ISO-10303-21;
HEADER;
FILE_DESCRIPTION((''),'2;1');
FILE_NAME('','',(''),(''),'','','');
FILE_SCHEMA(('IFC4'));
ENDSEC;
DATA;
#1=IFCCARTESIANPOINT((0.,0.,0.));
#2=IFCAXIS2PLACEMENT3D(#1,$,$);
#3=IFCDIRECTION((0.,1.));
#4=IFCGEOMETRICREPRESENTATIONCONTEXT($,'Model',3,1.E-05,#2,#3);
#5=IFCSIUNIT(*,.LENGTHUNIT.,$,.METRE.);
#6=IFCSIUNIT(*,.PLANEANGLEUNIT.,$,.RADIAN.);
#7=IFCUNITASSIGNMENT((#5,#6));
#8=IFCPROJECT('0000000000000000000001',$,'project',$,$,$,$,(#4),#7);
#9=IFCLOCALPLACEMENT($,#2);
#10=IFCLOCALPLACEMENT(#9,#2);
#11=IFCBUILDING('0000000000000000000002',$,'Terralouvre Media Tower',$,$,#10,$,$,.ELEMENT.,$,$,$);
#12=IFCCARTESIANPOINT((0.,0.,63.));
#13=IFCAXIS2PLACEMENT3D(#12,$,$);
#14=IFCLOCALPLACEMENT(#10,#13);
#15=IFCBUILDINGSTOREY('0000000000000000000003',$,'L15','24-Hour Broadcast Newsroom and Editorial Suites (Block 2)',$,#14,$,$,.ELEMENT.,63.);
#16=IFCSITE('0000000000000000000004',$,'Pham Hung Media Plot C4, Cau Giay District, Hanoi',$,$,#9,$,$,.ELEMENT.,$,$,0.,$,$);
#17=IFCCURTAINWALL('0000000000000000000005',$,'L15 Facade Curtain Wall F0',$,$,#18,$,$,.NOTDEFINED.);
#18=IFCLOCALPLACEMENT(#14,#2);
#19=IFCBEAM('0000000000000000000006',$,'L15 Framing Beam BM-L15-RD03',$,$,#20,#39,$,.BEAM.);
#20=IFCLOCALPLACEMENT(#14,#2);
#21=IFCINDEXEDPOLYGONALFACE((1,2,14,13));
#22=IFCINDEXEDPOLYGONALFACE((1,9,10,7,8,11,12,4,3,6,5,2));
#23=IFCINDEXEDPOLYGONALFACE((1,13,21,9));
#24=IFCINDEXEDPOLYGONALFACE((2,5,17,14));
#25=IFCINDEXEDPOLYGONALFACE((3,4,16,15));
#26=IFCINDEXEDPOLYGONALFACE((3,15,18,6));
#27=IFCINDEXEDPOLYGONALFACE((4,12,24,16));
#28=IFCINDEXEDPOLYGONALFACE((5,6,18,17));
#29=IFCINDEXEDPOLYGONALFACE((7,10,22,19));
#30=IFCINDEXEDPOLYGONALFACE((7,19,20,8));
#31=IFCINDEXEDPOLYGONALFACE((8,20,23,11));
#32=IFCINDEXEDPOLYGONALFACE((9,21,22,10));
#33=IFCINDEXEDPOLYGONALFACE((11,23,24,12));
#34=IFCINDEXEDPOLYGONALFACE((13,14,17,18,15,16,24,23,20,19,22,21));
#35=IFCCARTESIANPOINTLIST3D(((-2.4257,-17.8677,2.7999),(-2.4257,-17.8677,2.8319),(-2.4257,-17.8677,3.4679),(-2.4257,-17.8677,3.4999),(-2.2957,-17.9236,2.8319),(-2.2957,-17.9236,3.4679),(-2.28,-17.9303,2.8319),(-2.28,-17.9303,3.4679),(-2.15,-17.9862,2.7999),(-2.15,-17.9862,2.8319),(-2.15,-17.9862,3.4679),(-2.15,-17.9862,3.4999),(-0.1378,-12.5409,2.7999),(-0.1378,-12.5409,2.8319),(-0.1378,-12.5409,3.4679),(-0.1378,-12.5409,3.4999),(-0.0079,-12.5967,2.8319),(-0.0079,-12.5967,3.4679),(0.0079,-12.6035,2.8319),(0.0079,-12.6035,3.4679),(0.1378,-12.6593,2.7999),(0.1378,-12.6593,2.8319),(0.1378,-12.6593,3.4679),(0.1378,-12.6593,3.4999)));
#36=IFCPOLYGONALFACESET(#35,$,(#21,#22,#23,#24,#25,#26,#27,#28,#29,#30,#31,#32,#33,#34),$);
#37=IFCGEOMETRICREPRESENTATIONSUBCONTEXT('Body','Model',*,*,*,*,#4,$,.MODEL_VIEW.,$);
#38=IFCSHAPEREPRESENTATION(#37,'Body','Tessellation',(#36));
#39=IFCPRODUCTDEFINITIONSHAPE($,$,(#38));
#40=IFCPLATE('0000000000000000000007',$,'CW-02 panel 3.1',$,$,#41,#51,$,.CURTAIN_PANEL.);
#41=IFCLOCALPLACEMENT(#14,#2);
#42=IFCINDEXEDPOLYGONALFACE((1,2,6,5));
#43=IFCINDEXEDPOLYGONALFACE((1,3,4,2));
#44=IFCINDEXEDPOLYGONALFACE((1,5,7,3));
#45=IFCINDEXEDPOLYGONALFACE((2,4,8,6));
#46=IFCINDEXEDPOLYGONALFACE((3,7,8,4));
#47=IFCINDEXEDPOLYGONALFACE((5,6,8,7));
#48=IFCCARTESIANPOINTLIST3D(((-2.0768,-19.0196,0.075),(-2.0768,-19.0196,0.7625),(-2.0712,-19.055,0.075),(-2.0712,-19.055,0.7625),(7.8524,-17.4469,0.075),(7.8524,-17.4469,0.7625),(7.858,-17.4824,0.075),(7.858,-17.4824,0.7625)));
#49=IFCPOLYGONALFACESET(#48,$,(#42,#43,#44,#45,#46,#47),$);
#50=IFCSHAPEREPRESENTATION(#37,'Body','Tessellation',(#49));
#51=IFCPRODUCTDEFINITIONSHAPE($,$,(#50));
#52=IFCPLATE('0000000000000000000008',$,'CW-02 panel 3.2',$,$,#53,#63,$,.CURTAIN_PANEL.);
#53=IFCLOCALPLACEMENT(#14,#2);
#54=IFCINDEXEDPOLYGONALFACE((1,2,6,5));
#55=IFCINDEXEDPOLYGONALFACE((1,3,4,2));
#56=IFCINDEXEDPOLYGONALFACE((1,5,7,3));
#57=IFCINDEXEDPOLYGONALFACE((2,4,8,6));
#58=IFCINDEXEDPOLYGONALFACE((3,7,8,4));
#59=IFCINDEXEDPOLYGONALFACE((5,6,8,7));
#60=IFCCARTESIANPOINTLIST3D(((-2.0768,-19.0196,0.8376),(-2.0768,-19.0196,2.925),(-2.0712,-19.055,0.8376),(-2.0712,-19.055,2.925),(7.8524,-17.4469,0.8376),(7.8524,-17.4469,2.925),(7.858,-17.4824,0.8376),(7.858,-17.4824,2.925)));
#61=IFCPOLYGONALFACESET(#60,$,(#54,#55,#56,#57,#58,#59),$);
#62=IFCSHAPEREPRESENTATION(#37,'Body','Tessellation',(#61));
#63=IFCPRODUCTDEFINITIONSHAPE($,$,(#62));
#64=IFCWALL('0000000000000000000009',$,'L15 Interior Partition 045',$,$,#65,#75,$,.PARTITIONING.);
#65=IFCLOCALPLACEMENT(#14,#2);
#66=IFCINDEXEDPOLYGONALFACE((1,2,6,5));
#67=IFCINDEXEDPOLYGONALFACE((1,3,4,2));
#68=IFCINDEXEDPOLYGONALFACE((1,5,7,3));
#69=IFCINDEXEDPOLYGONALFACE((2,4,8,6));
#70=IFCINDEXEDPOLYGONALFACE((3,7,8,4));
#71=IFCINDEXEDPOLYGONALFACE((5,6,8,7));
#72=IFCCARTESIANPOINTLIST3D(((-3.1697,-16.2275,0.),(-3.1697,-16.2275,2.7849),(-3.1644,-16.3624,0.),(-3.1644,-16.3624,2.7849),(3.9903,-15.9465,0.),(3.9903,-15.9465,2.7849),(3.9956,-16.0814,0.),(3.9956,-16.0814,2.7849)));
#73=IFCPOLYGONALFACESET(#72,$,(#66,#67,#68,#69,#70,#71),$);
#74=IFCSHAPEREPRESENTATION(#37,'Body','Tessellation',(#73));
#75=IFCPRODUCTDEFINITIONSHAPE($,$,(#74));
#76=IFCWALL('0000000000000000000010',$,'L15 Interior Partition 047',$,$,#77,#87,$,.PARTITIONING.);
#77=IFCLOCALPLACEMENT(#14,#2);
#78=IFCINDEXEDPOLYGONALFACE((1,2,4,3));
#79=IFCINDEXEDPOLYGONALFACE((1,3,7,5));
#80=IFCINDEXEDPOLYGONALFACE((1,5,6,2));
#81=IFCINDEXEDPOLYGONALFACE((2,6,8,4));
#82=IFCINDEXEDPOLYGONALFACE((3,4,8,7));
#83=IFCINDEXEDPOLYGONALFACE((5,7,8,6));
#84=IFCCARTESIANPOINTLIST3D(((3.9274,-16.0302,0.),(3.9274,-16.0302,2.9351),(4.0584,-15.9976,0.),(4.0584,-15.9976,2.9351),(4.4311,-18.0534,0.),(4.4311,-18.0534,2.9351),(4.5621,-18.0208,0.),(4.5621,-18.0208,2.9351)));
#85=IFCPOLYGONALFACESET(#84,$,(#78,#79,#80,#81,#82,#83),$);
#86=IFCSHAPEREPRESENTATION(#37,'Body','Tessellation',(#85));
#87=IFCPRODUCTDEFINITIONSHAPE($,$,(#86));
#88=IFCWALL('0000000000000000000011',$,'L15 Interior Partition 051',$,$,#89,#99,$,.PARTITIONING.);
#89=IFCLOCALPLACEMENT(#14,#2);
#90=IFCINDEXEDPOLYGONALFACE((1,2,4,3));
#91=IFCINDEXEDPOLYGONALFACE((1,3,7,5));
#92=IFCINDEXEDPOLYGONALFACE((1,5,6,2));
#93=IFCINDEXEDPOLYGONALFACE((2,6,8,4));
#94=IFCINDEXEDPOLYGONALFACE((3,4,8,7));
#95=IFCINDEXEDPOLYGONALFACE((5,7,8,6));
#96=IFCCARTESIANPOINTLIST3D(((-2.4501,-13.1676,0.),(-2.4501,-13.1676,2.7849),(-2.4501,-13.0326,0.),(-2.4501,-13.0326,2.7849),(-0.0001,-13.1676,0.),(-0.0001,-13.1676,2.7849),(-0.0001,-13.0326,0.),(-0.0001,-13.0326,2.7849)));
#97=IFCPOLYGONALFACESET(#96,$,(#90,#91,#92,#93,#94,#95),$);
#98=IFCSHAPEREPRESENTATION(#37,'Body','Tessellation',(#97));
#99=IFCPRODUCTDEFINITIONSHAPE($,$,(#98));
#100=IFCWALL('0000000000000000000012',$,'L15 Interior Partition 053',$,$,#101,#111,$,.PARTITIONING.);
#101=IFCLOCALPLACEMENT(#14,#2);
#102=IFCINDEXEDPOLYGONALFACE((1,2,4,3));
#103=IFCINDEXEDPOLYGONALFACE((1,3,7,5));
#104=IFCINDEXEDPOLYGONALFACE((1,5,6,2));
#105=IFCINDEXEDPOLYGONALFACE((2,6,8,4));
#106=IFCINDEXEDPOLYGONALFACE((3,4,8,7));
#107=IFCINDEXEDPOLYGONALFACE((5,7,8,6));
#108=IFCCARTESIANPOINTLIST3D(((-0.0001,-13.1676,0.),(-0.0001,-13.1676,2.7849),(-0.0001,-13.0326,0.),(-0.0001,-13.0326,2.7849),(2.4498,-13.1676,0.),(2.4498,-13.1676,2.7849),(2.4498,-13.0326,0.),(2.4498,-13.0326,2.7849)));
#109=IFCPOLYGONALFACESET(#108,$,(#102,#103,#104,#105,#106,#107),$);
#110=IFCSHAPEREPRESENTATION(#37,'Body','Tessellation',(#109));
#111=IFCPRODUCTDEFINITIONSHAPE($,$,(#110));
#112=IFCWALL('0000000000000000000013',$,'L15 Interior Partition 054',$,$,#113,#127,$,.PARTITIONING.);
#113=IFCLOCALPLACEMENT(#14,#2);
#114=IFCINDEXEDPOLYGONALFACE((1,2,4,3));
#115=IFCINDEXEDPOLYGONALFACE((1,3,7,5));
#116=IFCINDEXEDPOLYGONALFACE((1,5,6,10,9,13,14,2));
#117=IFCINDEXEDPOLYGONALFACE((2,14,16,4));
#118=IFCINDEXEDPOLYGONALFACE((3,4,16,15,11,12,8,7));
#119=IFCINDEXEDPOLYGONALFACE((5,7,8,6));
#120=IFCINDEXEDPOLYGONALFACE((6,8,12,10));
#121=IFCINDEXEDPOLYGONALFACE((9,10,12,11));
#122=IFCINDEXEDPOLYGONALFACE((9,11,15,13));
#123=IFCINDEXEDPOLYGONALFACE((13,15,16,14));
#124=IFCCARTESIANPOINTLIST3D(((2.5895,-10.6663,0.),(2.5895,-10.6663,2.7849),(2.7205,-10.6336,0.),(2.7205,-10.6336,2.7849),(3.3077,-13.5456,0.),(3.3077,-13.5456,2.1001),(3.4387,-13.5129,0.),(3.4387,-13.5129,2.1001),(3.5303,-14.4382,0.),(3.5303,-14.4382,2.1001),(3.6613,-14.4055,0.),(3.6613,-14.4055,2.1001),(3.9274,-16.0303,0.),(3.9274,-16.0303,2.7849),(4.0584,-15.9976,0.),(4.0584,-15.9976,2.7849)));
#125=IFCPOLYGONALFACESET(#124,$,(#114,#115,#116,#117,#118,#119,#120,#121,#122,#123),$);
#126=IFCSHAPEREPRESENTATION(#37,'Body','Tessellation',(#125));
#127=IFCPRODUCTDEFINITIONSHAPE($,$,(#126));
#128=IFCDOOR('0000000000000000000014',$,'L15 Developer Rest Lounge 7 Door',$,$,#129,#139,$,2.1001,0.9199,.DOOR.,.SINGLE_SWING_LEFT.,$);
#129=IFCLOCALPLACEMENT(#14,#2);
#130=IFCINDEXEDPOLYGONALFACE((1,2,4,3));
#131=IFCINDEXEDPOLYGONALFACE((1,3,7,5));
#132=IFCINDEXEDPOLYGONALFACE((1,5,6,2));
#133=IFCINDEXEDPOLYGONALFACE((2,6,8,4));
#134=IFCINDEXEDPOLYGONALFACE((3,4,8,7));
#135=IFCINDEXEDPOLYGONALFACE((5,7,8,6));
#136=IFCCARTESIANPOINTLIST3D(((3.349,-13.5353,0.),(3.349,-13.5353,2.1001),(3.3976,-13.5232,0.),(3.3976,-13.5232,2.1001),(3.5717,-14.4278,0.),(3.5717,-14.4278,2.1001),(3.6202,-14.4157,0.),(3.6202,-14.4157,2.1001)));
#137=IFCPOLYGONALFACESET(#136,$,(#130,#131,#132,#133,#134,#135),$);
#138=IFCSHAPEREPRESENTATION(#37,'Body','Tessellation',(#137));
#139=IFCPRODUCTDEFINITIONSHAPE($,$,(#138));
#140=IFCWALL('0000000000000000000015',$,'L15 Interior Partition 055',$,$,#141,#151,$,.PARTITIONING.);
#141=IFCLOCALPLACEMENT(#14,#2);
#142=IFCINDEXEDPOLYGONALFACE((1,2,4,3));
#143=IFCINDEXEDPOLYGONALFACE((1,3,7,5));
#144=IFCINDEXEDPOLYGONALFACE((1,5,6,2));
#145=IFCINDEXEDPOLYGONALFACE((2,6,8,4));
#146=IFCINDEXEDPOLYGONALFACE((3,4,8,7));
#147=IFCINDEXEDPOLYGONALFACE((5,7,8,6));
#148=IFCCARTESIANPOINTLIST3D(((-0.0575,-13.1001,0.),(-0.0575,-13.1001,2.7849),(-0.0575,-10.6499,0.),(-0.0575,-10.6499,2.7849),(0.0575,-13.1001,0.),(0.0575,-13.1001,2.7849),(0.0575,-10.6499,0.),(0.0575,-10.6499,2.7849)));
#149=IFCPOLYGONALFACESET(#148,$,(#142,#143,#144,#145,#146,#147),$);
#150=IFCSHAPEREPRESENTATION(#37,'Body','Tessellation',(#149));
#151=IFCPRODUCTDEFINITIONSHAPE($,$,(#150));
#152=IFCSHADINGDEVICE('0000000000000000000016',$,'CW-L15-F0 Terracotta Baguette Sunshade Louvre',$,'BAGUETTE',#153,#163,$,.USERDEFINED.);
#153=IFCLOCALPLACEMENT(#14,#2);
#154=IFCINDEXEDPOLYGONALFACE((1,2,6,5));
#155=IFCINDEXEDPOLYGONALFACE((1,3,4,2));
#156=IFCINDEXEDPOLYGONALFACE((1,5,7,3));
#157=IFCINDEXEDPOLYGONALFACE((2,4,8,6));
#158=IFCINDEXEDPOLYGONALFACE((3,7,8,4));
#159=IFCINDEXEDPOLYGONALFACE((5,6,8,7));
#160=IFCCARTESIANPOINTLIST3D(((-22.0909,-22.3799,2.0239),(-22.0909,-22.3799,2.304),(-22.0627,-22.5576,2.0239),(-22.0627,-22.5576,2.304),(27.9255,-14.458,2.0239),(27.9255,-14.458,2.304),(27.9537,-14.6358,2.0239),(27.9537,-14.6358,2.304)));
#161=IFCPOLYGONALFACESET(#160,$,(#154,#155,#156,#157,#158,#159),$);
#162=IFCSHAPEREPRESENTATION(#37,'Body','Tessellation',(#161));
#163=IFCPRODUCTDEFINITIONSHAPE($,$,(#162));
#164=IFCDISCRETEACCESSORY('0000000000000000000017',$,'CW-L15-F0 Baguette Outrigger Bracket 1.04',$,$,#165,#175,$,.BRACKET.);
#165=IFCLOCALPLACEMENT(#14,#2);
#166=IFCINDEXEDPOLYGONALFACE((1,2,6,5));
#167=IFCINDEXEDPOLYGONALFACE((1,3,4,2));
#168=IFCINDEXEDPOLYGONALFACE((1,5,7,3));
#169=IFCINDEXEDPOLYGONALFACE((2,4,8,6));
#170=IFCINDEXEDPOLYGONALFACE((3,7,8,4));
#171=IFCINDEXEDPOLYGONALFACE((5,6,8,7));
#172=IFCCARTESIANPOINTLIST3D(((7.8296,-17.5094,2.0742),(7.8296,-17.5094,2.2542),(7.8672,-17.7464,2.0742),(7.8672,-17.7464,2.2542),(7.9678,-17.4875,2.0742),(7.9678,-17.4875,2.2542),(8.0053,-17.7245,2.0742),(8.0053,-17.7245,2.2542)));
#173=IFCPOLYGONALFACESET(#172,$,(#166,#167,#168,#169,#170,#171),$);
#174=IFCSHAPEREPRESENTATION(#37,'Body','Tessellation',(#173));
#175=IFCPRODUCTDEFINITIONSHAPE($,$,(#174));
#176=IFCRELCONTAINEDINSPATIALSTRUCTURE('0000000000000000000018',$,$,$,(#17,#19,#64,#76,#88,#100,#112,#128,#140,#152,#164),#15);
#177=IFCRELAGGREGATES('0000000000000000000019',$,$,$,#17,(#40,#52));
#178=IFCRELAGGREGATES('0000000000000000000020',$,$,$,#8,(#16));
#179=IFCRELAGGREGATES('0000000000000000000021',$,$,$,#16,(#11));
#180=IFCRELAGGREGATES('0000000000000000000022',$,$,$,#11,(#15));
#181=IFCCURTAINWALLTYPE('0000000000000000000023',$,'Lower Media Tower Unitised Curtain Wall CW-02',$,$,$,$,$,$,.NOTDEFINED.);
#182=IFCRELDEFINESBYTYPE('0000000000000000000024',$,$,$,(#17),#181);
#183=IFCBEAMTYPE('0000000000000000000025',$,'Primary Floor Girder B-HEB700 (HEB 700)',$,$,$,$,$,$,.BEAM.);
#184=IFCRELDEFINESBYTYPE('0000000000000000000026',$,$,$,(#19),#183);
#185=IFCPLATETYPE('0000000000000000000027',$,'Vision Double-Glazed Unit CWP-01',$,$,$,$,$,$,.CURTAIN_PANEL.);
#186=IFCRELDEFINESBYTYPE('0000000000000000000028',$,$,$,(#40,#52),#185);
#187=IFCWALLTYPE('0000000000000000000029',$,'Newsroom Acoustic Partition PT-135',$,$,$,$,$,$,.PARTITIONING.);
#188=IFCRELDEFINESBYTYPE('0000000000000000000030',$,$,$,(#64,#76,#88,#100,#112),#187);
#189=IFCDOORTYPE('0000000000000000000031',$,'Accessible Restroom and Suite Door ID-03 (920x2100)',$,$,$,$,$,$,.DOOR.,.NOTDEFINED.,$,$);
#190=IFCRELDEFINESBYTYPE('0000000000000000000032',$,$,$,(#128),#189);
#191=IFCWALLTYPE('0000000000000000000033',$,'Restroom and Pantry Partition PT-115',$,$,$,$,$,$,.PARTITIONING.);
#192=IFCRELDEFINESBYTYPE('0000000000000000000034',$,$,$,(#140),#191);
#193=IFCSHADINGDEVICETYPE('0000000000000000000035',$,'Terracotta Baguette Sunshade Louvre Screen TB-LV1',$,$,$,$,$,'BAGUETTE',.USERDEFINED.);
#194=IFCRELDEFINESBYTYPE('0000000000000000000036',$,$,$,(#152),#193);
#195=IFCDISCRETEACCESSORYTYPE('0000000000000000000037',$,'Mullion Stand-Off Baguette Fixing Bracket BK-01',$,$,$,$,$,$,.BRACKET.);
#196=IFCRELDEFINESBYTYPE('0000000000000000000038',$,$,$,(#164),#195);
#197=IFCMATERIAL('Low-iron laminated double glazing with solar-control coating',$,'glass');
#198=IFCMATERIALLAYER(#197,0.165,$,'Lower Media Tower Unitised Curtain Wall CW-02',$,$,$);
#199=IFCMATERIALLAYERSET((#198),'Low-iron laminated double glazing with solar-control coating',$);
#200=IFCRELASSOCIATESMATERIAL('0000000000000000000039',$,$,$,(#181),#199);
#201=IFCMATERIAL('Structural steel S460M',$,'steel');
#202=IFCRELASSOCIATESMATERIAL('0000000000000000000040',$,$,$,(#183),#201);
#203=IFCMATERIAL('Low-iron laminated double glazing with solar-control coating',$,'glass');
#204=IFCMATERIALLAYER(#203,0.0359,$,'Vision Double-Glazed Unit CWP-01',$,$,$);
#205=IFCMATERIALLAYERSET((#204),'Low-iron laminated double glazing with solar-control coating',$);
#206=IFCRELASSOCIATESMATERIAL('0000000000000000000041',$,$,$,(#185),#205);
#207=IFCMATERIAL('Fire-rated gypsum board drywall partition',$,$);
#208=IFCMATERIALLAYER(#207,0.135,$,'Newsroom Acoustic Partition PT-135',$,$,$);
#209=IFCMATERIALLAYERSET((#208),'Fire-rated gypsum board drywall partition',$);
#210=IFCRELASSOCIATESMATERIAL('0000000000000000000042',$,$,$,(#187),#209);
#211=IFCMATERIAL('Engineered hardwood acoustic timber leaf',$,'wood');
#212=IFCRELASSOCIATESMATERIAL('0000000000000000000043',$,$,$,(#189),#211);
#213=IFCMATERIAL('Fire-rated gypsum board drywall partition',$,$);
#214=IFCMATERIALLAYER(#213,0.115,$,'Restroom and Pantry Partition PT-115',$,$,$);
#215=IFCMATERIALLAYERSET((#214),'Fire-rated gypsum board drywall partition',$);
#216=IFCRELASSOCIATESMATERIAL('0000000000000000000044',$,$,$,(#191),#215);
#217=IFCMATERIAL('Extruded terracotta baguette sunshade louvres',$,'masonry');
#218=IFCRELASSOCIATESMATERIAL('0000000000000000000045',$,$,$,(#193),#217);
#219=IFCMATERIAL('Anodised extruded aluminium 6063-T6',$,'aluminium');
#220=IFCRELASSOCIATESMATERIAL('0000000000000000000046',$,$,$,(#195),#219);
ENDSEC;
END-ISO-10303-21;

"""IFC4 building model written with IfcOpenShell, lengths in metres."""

from ifc_helpers import new_model, si_unit, direction, frame, frame_2d, origin, origin_2d, place, context, subcontext, project, spatial, rectangle, i_section, extrude, material, layer, layer_set, material_profile, profile_set, type_object, element, fill, aggregate, save


model = new_model("IFC4")

# Units and contexts
model_context = context("Model", 3, precision=1e-05, world=origin(), true_north=direction((0.0, 1.0)))
body_context = subcontext(model_context, "Body", "Model", "MODEL_VIEW")
ifc_project = project(units=[si_unit("LENGTHUNIT", "METRE"), si_unit("PLANEANGLEUNIT", "RADIAN")], contexts=[model_context])

# Site, building, storey
site_placement = place(None, origin())
site = spatial("IfcSite", under=ifc_project, at=site_placement, Name="Pham Hung Media Plot C4, Cau Giay District, Hanoi", CompositionType="ELEMENT", RefElevation=0.0)
building_placement = place(site_placement, origin())
building = spatial("IfcBuilding", under=site, at=building_placement, Name="Terralouvre Media Tower", CompositionType="ELEMENT")
storey_placement = place(building_placement, frame((0.0, 0.0, 63.0)))
storey = spatial("IfcBuildingStorey", under=building, at=storey_placement, Name="L15", Description="24-Hour Broadcast Newsroom and Editorial Suites (Block 2)", CompositionType="ELEMENT", Elevation=63.0)

# Curtain wall
ifc_material_1 = material(Name="Low-iron laminated double glazing with solar-control coating", Category="glass")
ifc_layer_1 = layer(ifc_material_1, 0.165, Name="Lower Media Tower Unitised Curtain Wall CW-02")
ifc_layer_set_1 = layer_set([ifc_layer_1], Name="Low-iron laminated double glazing with solar-control coating")
curtain_wall_type = type_object("IfcCurtainWallType", Name="Lower Media Tower Unitised Curtain Wall CW-02", PredefinedType="NOTDEFINED", material=ifc_layer_set_1)
curtain_wall_placement = place(storey_placement, origin())
curtain_wall = element("IfcCurtainWall", 1, at=curtain_wall_placement, inside=storey, type_object=curtain_wall_type, Name="L15 Facade Curtain Wall F0", PredefinedType="NOTDEFINED")

# Beam
ifc_material_2 = material(Name="Structural steel S460M", Category="steel")
ifc_material_profile_1 = material_profile(ifc_material_2, i_section(OverallWidth=0.3, OverallDepth=0.7, WebThickness=0.0171, FlangeThickness=0.032, at=origin_2d()), Name="HEB 700")
ifc_profile_set_1 = profile_set([ifc_material_profile_1], Name="Structural steel S460M")
beam_type_1 = type_object("IfcBeamType", Name="Primary Floor Girder B-HEB700 (HEB 700)", PredefinedType="BEAM", material=ifc_profile_set_1)
beam_1_placement = place(storey_placement, frame((0.0, -12.6001, 3.1499), z_axis=(-0.394631, -0.91884, 0.0), x_axis=(0.91884, -0.394631, 0.0)))
element("IfcBeam", 2, at=beam_1_placement, inside=storey, type_object=beam_type_1, Name="L15 Framing Beam BM-L15-RD03", PredefinedType="BEAM", context=body_context, shape_type="SweptSolid", body=[
    extrude(i_section(OverallWidth=0.3, OverallDepth=0.7, WebThickness=0.0171, FlangeThickness=0.032, at=origin_2d()), origin(), (0.0, 0.0, 1.0), 5.7974),
])

# Plates
ifc_material_3 = material(Name="Low-iron laminated double glazing with solar-control coating", Category="glass")
ifc_layer_2 = layer(ifc_material_3, 0.0359, Name="Vision Double-Glazed Unit CWP-01")
ifc_layer_set_2 = layer_set([ifc_layer_2], Name="Low-iron laminated double glazing with solar-control coating")
plate_type = type_object("IfcPlateType", Name="Vision Double-Glazed Unit CWP-01", PredefinedType="CURTAIN_PANEL", material=ifc_layer_set_2)
plate_1_placement = place(storey_placement, frame((2.8906, -18.251, 0.075), z_axis=(0.0, 0.0, 1.0), x_axis=(0.987688, 0.156434, 0.0)))
plate_1 = element("IfcPlate", 3, at=plate_1_placement, type_object=plate_type, Name="CW-02 panel 3.1", PredefinedType="CURTAIN_PANEL", context=body_context, shape_type="SweptSolid", body=[
    extrude(rectangle(XDim=10.053, YDim=0.0359, at=origin_2d()), origin(), (0.0, 0.0, 1.0), 0.6875),
])
plate_2_placement = place(storey_placement, frame((2.8906, -18.251, 0.8376), z_axis=(0.0, 0.0, 1.0), x_axis=(0.987688, 0.156434, 0.0)))
plate_2 = element("IfcPlate", 4, at=plate_2_placement, type_object=plate_type, Name="CW-02 panel 3.2", PredefinedType="CURTAIN_PANEL", context=body_context, shape_type="SweptSolid", body=[
    extrude(rectangle(XDim=10.053, YDim=0.0359, at=origin_2d()), origin(), (0.0, 0.0, 1.0), 2.0874),
])
aggregate(curtain_wall, [plate_1, plate_2])

# Walls
ifc_material_4 = material(Name="Fire-rated gypsum board drywall partition")
ifc_layer_3 = layer(ifc_material_4, 0.135, Name="Newsroom Acoustic Partition PT-135")
ifc_layer_set_3 = layer_set([ifc_layer_3], Name="Fire-rated gypsum board drywall partition")
wall_type_1 = type_object("IfcWallType", Name="Newsroom Acoustic Partition PT-135", PredefinedType="PARTITIONING", material=ifc_layer_set_3)
wall_1_placement = place(storey_placement, frame((3.9929, -16.0139, 0.0), z_axis=(0.0, 0.0, 1.0), x_axis=(-0.999231, -0.039217, 0.0)))
element("IfcWall", 5, at=wall_1_placement, inside=storey, type_object=wall_type_1, Name="L15 Interior Partition 045", PredefinedType="PARTITIONING", context=body_context, shape_type="SweptSolid", body=[
    extrude(rectangle(XDim=7.1655, YDim=0.135, at=frame_2d((3.5828, 0.0))), origin(), (0.0, 0.0, 1.0), 2.7849),
])
wall_2_placement = place(storey_placement, frame((4.4966, -18.0371, 0.0), z_axis=(0.0, 0.0, 1.0), x_axis=(-0.241571, 0.970383, 0.0)))
element("IfcWall", 6, at=wall_2_placement, inside=storey, type_object=wall_type_1, Name="L15 Interior Partition 047", PredefinedType="PARTITIONING", context=body_context, shape_type="SweptSolid", body=[
    extrude(rectangle(XDim=2.085, YDim=0.135, at=frame_2d((1.0425, 0.0))), origin(), (0.0, 0.0, 1.0), 2.9351),
])
for number, where, z_axis, x_axis, name in (
    (7, (0.0, -13.1001, 0.0), (0.0, 0.0, 1.0), (-1.0, 0.0, 0.0), "L15 Interior Partition 051"),
    (8, (2.45, -13.1001, 0.0), (0.0, 0.0, 1.0), (-1.0, 0.0, 0.0), "L15 Interior Partition 053"),
):
    element("IfcWall", number, at=place(storey_placement, frame(where, z_axis=z_axis, x_axis=x_axis)), inside=storey, type_object=wall_type_1, Name=name, PredefinedType="PARTITIONING", context=body_context, shape_type="SweptSolid", body=[
        extrude(rectangle(XDim=2.45, YDim=0.135, at=frame_2d((1.2251, 0.0))), origin(), (0.0, 0.0, 1.0), 2.7849),
    ])

# Wall, opening, door
wall_3_placement = place(storey_placement, frame((3.9929, -16.0139, 0.0), z_axis=(0.0, 0.0, 1.0), x_axis=(-0.242006, 0.970275, 0.0)))
wall_3 = element("IfcWall", 9, at=wall_3_placement, inside=storey, type_object=wall_type_1, Name="L15 Interior Partition 054", PredefinedType="PARTITIONING", context=body_context, shape_type="SweptSolid", body=[
    extrude(rectangle(XDim=5.5283, YDim=0.135, at=frame_2d((2.7642, 0.0))), origin(), (0.0, 0.0, 1.0), 2.7849),
])
opening_placement = place(wall_3_placement, frame((1.6409, 0.0, 0.0)))
opening = element("IfcOpeningElement", 10, at=opening_placement, cuts=wall_3, PredefinedType="OPENING", context=body_context, shape_type="SweptSolid", body=[
    extrude(rectangle(XDim=0.9199, YDim=2.1001, at=frame_2d((0.46, 1.05))), frame((0.0, 0.0774, 0.0), z_axis=(0.0, -1.0, 0.0), x_axis=(1.0, 0.0, 0.0)), (0.0, 0.0, 1.0), 0.155),
])
ifc_material_5 = material(Name="Engineered hardwood acoustic timber leaf", Category="wood")
door_type = type_object("IfcDoorType", Name="Accessible Restroom and Suite Door ID-03 (920x2100)", OperationType="NOTDEFINED", PredefinedType="DOOR", material=ifc_material_5)
door_placement = place(opening_placement, origin())
door = element("IfcDoor", 11, at=door_placement, inside=storey, type_object=door_type, Name="L15 Developer Rest Lounge 7 Door", OperationType="SINGLE_SWING_LEFT", OverallHeight=2.1001, OverallWidth=0.9199, PredefinedType="DOOR", context=body_context, shape_type="SweptSolid", body=[
    extrude(rectangle(XDim=0.9199, YDim=2.1001, at=frame_2d((0.46, 1.05))), frame((0.0, 0.0249, 0.0), z_axis=(0.0, -1.0, 0.0), x_axis=(1.0, 0.0, 0.0)), (0.0, 0.0, 1.0), 0.05),
])
fill(opening, door)

# Wall
ifc_material_6 = material(Name="Fire-rated gypsum board drywall partition")
ifc_layer_4 = layer(ifc_material_6, 0.115, Name="Restroom and Pantry Partition PT-115")
ifc_layer_set_4 = layer_set([ifc_layer_4], Name="Fire-rated gypsum board drywall partition")
wall_type_2 = type_object("IfcWallType", Name="Restroom and Pantry Partition PT-115", PredefinedType="PARTITIONING", material=ifc_layer_set_4)
wall_4_placement = place(storey_placement, frame((0.0, -13.1001, 0.0), z_axis=(0.0, 0.0, 1.0), x_axis=(0.0, 1.0, 0.0)))
element("IfcWall", 12, at=wall_4_placement, inside=storey, type_object=wall_type_2, Name="L15 Interior Partition 055", PredefinedType="PARTITIONING", context=body_context, shape_type="SweptSolid", body=[
    extrude(rectangle(XDim=2.4502, YDim=0.115, at=frame_2d((1.2251, 0.0))), origin(), (0.0, 0.0, 1.0), 2.7849),
])

# Shading device
ifc_material_7 = material(Name="Extruded terracotta baguette sunshade louvres", Category="masonry")
shading_device_type = type_object("IfcShadingDeviceType", Name="Terracotta Baguette Sunshade Louvre Screen TB-LV1", ElementType="BAGUETTE", PredefinedType="USERDEFINED", material=ifc_material_7)
shading_device_placement = place(storey_placement, frame((2.9314, -18.5078, 2.0239), z_axis=(0.0, 0.0, 1.0), x_axis=(0.987688, 0.156434, 0.0)))
element("IfcShadingDevice", 13, at=shading_device_placement, inside=storey, type_object=shading_device_type, Name="CW-L15-F0 Terracotta Baguette Sunshade Louvre", ObjectType="BAGUETTE", PredefinedType="USERDEFINED", context=body_context, shape_type="SweptSolid", body=[
    extrude(rectangle(XDim=50.6399, YDim=0.1799, at=origin_2d()), origin(), (0.0, 0.0, 1.0), 0.28),
])

# Discrete accessory
ifc_material_8 = material(Name="Anodised extruded aluminium 6063-T6", Category="aluminium")
discrete_accessory_type = type_object("IfcDiscreteAccessoryType", Name="Mullion Stand-Off Baguette Fixing Bracket BK-01", PredefinedType="BRACKET", material=ifc_material_8)
discrete_accessory_placement = place(storey_placement, frame((7.9175, -17.6169, 2.0742), z_axis=(0.0, 0.0, 1.0), x_axis=(0.987688, 0.156434, 0.0)))
element("IfcDiscreteAccessory", 14, at=discrete_accessory_placement, inside=storey, type_object=discrete_accessory_type, Name="CW-L15-F0 Baguette Outrigger Bracket 1.04", PredefinedType="BRACKET", context=body_context, shape_type="SweptSolid", body=[
    extrude(rectangle(XDim=0.1399, YDim=0.24, at=origin_2d()), origin(), (0.0, 0.0, 1.0), 0.1799),
])

save(model, "model.ifc")
